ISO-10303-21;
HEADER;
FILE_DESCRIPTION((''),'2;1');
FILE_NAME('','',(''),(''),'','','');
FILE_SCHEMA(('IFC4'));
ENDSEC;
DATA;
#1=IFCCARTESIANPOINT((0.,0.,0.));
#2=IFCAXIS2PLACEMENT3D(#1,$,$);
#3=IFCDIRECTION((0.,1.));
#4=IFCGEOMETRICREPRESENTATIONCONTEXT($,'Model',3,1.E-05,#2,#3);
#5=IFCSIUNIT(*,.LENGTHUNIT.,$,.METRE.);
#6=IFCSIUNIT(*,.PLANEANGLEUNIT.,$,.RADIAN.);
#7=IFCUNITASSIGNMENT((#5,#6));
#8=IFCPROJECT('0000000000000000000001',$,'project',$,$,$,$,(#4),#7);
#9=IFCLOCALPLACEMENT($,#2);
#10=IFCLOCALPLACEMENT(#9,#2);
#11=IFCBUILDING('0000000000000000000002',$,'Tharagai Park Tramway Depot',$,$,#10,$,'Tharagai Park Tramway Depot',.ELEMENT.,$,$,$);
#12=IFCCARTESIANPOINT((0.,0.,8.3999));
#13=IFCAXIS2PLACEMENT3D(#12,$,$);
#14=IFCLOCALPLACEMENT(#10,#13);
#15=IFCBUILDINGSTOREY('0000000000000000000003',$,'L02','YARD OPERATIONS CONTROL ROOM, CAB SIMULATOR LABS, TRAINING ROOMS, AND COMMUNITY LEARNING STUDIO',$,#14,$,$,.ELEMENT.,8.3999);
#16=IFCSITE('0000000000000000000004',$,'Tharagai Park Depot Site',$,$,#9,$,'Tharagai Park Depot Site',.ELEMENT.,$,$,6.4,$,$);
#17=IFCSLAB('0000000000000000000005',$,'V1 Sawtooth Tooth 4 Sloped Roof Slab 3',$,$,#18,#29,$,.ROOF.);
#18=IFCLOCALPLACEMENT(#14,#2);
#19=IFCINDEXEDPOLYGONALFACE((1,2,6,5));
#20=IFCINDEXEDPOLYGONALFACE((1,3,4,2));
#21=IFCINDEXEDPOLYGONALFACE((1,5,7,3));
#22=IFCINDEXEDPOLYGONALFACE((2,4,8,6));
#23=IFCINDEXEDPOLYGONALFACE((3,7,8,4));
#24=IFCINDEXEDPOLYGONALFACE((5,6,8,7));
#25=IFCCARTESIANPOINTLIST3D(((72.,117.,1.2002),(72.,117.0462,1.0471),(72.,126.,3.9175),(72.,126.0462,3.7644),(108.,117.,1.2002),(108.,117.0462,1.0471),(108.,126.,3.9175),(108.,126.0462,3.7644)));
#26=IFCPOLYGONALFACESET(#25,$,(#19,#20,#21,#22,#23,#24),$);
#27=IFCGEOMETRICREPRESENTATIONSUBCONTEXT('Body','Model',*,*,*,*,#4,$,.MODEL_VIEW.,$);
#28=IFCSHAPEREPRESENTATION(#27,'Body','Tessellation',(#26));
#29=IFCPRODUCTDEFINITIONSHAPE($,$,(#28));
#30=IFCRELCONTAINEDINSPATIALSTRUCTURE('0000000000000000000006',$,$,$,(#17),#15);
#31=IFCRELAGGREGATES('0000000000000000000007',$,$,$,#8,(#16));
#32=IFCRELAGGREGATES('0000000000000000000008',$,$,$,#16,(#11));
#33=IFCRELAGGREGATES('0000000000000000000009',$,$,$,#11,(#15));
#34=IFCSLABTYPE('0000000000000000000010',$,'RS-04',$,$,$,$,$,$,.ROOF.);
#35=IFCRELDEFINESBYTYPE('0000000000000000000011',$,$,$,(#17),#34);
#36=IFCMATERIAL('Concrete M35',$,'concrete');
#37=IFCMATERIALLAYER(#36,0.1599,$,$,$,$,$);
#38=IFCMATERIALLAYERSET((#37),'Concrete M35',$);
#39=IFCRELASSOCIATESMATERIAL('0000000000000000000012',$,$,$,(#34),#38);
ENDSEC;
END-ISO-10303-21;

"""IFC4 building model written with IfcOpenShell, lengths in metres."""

from ifc_helpers import new_model, si_unit, direction, frame, origin, place, context, subcontext, project, spatial, polyline, outline, extrude, material, layer, layer_set, type_object, element, save


model = new_model("IFC4")

# Units and contexts
model_context = context("Model", 3, precision=1e-05, world=origin(), true_north=direction((0.0, 1.0)))
body_context = subcontext(model_context, "Body", "Model", "MODEL_VIEW")
ifc_project = project(units=[si_unit("LENGTHUNIT", "METRE"), si_unit("PLANEANGLEUNIT", "RADIAN")], contexts=[model_context])

# Site, building, storey
site_placement = place(None, origin())
site = spatial("IfcSite", under=ifc_project, at=site_placement, Name="Tharagai Park Depot Site", LongName="Tharagai Park Depot Site", CompositionType="ELEMENT", RefElevation=6.4)
building_placement = place(site_placement, origin())
building = spatial("IfcBuilding", under=site, at=building_placement, Name="Tharagai Park Tramway Depot", LongName="Tharagai Park Tramway Depot", CompositionType="ELEMENT")
storey_placement = place(building_placement, frame((0.0, 0.0, 8.3999)))
storey = spatial("IfcBuildingStorey", under=building, at=storey_placement, Name="L02", Description="YARD OPERATIONS CONTROL ROOM, CAB SIMULATOR LABS, TRAINING ROOMS, AND COMMUNITY LEARNING STUDIO", CompositionType="ELEMENT", Elevation=8.3999)

# Slab
ifc_material_1 = material(Name="Concrete M35", Category="concrete")
ifc_layer_1 = layer(ifc_material_1, 0.1599)
ifc_layer_set_1 = layer_set([ifc_layer_1], Name="Concrete M35")
slab_type = type_object("IfcSlabType", Name="RS-04", PredefinedType="ROOF", material=ifc_layer_set_1)
slab_placement = place(storey_placement, frame((72.0, 117.0, 1.2002), z_axis=(0.0, -0.289034, 0.957319), x_axis=(1.0, 0.0, 0.0)))
element("IfcSlab", 1, at=slab_placement, inside=storey, type_object=slab_type, Name="V1 Sawtooth Tooth 4 Sloped Roof Slab 3", PredefinedType="ROOF", context=body_context, shape_type="SweptSolid", body=[
    extrude(outline(polyline([(0.0, 0.0), (36.0, 0.0), (36.0, 9.4013), (0.0, 9.4013), (0.0, 0.0)])), origin(), (0.0, 0.0, -1.0), 0.1599),
])

save(model, "model.ifc")
